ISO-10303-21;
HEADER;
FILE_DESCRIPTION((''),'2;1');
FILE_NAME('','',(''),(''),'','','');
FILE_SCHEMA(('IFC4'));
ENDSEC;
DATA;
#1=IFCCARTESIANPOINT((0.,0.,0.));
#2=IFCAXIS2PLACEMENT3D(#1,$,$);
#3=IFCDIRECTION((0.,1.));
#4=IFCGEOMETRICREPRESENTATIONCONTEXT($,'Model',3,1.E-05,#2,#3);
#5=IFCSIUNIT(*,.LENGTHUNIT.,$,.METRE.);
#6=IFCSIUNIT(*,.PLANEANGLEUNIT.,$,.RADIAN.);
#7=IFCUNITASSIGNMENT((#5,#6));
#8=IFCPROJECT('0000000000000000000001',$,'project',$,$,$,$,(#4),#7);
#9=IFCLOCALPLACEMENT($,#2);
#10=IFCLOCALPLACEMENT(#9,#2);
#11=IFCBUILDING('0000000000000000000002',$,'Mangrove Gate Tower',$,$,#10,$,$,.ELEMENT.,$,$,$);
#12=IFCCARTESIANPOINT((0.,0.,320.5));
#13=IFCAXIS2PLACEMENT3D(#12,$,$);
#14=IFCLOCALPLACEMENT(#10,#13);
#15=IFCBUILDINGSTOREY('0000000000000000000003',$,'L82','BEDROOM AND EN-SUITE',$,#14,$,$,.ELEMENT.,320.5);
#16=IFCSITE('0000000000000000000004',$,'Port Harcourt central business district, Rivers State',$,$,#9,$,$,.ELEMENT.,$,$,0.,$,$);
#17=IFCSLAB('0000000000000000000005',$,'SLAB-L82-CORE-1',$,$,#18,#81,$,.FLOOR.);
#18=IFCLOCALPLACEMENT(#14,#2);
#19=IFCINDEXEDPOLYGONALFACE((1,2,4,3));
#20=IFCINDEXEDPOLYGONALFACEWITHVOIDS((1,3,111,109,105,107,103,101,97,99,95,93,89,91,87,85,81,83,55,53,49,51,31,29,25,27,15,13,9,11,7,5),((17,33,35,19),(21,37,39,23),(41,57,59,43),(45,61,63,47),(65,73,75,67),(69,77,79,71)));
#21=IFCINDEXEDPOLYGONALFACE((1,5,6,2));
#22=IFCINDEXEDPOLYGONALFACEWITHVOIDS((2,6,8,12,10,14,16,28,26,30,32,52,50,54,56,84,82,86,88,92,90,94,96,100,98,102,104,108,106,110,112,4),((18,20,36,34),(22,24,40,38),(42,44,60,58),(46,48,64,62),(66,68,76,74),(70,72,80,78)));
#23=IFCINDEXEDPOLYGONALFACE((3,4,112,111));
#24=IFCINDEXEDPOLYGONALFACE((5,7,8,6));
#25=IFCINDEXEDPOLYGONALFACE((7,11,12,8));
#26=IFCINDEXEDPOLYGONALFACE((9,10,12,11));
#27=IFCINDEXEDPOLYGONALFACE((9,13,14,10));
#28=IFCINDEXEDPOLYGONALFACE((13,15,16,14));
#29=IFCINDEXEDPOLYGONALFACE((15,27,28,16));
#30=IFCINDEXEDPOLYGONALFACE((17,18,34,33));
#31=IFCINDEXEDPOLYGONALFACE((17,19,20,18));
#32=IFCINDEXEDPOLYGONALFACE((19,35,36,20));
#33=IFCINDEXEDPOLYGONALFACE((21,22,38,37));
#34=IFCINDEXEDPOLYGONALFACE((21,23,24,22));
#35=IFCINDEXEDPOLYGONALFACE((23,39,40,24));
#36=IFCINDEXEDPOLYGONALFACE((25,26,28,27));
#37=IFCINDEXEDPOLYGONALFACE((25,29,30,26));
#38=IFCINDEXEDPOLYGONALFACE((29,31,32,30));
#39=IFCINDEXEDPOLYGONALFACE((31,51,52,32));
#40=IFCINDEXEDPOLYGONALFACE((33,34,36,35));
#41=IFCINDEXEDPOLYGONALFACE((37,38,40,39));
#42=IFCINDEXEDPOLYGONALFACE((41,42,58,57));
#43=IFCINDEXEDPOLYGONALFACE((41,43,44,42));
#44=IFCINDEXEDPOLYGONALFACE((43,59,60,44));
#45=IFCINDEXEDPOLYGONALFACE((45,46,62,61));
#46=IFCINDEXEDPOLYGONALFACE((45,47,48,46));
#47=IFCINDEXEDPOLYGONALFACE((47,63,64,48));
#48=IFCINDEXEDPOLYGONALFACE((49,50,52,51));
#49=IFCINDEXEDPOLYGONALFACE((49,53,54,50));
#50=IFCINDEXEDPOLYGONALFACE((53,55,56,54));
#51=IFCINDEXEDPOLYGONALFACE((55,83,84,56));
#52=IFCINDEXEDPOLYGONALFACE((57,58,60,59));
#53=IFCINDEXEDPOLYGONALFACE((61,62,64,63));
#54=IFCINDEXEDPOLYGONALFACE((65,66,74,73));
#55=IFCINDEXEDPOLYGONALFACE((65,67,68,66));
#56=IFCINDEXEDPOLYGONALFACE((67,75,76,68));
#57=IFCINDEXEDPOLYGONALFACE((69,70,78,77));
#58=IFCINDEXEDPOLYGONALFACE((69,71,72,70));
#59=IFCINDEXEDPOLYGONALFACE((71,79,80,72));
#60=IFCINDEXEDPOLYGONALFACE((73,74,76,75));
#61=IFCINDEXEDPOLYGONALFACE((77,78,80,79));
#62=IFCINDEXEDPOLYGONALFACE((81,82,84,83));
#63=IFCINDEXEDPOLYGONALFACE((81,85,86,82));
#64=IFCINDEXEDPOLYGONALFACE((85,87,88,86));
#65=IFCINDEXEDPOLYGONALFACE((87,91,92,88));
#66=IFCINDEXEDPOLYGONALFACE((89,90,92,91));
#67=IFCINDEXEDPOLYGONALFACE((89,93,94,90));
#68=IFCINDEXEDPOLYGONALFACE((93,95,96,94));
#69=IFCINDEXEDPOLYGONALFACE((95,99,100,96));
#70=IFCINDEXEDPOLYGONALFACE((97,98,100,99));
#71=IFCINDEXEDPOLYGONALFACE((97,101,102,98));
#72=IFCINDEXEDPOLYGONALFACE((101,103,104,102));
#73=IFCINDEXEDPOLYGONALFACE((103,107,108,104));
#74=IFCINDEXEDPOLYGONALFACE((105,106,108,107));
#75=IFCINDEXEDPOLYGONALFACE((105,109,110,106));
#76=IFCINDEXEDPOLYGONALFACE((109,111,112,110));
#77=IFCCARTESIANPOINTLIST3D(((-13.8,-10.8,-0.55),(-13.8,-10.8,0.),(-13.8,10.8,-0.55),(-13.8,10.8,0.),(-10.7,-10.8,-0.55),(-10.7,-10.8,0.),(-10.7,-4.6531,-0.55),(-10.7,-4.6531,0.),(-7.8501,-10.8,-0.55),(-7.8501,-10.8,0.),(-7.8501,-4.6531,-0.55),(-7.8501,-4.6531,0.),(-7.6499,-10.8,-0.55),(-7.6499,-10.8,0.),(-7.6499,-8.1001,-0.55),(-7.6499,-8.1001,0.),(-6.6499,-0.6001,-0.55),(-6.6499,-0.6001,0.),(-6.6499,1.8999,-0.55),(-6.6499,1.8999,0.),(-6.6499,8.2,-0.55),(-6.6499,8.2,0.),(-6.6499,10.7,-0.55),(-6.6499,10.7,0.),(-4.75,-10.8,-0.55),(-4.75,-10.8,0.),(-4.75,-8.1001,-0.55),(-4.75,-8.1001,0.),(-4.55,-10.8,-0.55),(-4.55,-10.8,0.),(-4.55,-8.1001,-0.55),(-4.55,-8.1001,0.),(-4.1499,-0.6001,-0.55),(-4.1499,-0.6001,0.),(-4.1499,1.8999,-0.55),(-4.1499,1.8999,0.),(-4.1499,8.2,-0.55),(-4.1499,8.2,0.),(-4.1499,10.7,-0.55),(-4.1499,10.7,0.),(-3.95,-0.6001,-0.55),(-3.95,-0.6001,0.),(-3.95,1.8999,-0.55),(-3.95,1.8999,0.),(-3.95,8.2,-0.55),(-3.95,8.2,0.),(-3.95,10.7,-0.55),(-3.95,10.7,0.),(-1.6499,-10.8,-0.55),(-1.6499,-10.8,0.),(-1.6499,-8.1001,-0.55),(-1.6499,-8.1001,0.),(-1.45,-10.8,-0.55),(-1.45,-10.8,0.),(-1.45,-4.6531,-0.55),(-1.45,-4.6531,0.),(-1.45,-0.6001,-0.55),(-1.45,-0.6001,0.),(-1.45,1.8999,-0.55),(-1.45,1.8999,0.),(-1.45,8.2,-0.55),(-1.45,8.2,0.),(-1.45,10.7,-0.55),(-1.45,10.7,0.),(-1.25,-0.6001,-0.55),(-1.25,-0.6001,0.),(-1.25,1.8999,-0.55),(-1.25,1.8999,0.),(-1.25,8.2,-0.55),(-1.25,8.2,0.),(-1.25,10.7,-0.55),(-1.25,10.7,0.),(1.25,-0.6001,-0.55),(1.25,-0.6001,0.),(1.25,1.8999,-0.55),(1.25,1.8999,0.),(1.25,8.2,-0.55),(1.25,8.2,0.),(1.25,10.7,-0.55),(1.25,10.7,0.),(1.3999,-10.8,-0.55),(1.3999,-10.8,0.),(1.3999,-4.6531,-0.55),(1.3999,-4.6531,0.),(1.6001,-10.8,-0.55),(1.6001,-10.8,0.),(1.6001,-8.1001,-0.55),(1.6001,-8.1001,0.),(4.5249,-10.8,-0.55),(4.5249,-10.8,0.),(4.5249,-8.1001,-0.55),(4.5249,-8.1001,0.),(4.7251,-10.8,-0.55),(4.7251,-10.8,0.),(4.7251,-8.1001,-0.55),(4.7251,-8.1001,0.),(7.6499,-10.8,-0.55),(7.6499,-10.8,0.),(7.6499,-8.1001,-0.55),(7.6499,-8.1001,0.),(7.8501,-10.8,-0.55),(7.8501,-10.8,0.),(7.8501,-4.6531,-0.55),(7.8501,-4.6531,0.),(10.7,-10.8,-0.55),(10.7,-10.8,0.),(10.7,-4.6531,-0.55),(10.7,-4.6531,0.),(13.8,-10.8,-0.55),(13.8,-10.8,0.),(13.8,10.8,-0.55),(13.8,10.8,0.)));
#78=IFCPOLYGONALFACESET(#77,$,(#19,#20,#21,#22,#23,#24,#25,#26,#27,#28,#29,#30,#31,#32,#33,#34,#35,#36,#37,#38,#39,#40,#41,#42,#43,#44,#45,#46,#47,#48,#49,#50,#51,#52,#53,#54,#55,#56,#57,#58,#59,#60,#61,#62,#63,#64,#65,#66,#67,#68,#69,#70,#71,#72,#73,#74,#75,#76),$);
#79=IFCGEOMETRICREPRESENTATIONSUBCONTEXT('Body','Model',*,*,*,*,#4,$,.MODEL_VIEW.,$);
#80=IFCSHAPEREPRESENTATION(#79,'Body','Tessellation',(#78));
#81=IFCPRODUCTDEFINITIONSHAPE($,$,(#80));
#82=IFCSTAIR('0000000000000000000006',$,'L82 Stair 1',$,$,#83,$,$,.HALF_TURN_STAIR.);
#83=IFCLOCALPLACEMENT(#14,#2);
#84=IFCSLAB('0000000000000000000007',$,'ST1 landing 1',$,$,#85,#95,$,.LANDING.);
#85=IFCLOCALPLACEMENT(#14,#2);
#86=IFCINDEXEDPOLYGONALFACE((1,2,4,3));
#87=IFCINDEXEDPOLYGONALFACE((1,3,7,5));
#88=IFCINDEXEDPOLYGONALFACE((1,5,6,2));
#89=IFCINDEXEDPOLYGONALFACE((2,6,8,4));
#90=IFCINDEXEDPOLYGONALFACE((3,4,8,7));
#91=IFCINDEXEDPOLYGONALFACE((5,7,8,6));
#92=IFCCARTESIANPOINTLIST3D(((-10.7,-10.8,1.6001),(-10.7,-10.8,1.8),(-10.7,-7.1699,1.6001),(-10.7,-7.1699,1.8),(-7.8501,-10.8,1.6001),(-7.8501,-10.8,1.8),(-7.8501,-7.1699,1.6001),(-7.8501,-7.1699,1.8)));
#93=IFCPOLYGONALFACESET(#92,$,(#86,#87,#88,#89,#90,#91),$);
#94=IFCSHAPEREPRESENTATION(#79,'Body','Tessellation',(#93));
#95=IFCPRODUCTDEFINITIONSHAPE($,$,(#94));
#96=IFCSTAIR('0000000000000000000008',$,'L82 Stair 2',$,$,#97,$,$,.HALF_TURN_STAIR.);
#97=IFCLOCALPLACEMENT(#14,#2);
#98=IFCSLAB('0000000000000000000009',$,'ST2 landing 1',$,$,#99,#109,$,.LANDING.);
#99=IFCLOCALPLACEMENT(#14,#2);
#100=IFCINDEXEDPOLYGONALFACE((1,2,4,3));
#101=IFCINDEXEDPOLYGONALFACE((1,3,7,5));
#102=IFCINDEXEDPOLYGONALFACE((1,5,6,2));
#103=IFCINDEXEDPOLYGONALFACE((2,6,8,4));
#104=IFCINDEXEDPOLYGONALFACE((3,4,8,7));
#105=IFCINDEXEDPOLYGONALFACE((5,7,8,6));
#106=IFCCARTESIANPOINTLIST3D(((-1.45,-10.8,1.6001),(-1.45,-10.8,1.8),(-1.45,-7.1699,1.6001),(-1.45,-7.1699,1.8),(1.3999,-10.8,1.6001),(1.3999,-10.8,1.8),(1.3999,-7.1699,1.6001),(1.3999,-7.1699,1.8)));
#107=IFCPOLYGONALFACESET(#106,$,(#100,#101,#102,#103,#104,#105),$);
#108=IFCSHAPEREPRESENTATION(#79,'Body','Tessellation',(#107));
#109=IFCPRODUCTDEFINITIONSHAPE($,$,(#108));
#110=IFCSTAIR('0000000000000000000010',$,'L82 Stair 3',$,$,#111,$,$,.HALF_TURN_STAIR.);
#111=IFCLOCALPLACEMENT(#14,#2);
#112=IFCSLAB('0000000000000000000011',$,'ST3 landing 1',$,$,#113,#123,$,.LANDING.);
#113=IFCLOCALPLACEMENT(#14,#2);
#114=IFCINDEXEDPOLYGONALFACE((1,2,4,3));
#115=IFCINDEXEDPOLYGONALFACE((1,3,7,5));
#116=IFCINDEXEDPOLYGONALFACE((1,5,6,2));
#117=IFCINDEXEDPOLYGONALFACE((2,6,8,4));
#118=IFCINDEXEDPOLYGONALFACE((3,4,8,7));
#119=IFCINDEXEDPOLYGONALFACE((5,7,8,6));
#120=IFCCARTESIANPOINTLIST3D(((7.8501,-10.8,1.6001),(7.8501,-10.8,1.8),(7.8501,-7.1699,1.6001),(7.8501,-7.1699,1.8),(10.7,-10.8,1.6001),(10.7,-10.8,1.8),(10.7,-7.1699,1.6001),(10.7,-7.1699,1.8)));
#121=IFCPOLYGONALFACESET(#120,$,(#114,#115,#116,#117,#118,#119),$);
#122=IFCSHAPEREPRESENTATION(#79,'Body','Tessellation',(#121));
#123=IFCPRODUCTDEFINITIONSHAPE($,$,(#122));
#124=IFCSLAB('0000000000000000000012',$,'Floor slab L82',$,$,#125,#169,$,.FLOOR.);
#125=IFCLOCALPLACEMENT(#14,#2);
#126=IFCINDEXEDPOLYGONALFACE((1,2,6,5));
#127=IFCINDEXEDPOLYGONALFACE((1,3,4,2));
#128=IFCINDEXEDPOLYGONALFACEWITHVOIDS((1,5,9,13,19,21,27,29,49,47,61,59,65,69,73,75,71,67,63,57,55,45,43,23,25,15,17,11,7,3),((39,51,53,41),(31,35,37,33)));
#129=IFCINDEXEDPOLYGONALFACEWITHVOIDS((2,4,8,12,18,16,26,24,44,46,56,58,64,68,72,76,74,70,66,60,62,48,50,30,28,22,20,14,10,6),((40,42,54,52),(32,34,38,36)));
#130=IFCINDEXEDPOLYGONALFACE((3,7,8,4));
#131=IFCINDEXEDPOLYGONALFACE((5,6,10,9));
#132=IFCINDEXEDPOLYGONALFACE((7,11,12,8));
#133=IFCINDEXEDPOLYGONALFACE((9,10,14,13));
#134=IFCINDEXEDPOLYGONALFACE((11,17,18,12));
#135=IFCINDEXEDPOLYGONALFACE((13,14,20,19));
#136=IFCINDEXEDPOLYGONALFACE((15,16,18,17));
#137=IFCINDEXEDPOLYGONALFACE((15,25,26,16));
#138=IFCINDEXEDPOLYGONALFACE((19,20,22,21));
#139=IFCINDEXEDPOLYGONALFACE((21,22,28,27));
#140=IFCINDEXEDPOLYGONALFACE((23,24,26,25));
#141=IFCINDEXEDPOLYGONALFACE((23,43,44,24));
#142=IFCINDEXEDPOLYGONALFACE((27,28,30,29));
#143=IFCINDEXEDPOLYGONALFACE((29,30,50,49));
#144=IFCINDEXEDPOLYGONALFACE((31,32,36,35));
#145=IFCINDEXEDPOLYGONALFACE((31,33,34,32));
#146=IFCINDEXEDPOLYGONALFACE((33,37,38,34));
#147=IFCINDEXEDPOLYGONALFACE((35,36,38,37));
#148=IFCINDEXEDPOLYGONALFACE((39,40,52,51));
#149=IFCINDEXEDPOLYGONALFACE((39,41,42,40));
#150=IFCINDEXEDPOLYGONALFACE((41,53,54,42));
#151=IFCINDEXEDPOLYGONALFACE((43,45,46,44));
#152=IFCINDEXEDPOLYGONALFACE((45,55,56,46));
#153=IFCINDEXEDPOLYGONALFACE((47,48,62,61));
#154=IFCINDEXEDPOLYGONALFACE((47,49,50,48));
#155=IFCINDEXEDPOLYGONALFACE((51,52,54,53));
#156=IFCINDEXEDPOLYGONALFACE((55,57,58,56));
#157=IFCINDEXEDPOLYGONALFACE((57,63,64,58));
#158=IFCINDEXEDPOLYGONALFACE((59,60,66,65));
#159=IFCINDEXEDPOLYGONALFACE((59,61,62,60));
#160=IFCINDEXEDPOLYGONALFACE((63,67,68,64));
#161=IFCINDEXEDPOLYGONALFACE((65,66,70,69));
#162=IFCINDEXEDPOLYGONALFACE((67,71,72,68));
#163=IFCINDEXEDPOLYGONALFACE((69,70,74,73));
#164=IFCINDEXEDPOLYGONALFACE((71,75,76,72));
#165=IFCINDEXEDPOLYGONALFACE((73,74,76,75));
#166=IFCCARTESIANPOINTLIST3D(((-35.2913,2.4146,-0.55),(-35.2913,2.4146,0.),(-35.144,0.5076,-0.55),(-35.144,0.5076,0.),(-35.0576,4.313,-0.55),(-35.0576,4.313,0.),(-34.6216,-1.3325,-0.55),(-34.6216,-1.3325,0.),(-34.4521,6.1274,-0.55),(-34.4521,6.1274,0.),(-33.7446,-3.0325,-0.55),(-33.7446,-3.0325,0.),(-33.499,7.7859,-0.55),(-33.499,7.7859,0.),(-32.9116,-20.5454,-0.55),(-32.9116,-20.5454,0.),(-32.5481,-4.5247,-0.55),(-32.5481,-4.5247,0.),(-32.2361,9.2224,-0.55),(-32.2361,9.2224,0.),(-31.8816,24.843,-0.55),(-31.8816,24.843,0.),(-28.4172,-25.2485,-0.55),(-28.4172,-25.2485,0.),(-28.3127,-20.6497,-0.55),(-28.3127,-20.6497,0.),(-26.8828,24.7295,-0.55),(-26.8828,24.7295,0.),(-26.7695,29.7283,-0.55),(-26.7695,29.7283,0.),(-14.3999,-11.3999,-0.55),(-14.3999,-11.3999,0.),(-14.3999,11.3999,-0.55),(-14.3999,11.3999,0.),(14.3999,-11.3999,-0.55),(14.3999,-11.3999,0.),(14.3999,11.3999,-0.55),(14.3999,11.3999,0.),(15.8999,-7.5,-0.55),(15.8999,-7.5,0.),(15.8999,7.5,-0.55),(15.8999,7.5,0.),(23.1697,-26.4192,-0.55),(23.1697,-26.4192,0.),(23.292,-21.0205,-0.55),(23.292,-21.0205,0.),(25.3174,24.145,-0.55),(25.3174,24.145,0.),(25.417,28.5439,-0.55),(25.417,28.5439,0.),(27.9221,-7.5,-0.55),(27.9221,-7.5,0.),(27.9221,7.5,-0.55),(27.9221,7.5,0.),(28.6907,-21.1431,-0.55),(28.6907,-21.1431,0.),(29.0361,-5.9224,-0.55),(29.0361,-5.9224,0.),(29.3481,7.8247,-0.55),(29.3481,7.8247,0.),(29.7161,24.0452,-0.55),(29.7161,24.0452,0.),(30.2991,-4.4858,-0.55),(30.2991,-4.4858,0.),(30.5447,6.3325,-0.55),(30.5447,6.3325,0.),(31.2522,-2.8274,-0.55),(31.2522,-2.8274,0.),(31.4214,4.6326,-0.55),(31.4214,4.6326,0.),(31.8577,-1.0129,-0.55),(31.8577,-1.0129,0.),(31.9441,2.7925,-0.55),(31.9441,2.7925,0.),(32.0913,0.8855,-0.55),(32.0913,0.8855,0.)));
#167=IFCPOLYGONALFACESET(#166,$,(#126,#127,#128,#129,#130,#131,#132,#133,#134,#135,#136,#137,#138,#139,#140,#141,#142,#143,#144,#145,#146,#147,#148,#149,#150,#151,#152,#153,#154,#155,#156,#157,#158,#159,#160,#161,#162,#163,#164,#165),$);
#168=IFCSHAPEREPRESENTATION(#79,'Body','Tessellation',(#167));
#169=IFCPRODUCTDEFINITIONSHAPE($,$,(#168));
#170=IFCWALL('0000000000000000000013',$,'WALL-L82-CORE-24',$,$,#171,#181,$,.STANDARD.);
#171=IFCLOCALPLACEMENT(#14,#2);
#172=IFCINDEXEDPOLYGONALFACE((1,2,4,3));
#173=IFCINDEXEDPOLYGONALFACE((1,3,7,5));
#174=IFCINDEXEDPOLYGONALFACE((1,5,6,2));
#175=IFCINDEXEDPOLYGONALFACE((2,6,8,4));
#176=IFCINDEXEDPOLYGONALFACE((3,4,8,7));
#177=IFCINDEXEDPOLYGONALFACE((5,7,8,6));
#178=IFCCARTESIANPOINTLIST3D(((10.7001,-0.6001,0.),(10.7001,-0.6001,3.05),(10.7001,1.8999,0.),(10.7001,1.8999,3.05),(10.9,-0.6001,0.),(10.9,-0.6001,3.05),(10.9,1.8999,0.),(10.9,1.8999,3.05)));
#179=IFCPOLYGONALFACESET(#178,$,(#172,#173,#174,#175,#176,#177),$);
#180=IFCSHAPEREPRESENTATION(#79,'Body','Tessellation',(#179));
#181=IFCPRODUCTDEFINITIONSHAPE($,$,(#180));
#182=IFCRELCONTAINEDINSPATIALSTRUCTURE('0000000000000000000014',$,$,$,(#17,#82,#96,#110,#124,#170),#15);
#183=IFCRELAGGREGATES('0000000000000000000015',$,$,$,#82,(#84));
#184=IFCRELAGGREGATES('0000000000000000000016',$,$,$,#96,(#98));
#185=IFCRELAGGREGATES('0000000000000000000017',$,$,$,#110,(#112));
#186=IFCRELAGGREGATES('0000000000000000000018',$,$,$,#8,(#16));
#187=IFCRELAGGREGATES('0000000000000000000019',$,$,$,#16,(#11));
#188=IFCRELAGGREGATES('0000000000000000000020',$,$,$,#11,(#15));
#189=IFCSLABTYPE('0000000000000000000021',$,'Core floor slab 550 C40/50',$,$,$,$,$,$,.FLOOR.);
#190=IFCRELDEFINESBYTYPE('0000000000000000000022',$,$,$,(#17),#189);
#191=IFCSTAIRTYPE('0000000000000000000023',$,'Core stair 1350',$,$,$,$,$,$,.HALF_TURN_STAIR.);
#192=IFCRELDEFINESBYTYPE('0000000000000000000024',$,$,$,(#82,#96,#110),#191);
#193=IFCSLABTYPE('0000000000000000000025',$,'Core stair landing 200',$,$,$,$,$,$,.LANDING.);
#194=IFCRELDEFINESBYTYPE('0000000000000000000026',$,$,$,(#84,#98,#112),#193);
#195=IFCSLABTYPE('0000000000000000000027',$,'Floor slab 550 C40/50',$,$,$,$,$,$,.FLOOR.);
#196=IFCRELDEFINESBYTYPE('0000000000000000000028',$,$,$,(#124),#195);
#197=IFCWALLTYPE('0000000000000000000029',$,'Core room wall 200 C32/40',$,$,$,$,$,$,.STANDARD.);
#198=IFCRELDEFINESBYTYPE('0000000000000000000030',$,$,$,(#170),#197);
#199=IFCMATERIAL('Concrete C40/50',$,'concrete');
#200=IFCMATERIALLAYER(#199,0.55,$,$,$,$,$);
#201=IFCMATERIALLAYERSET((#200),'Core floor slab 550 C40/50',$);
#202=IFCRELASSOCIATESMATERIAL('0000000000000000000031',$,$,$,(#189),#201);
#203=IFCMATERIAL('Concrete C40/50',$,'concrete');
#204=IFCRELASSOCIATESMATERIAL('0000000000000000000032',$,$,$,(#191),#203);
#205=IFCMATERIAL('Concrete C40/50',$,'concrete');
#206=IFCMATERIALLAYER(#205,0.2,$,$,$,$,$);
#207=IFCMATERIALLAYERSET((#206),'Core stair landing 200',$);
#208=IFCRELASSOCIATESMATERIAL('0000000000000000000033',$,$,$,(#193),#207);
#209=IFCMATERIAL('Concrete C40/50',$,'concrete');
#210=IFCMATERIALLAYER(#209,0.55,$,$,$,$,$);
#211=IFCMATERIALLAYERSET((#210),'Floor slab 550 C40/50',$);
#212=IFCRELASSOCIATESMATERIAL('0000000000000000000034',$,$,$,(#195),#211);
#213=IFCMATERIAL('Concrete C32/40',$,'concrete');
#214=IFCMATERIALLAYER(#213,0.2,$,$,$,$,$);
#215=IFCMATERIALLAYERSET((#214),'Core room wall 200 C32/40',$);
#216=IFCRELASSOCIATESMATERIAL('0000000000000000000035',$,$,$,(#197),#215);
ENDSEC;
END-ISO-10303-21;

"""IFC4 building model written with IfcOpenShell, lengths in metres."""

from ifc_helpers import new_model, si_unit, direction, frame, frame_2d, origin, place, context, subcontext, project, spatial, polyline, rectangle, outline, extrude, material, layer, layer_set, type_object, element, aggregate, save


model = new_model("IFC4")

# Units and contexts
model_context = context("Model", 3, precision=1e-05, world=origin(), true_north=direction((0.0, 1.0)))
body_context = subcontext(model_context, "Body", "Model", "MODEL_VIEW")
ifc_project = project(units=[si_unit("LENGTHUNIT", "METRE"), si_unit("PLANEANGLEUNIT", "RADIAN")], contexts=[model_context])

# Site, building, storey
site_placement = place(None, origin())
site = spatial("IfcSite", under=ifc_project, at=site_placement, Name="Port Harcourt central business district, Rivers State", CompositionType="ELEMENT", RefElevation=0.0)
building_placement = place(site_placement, origin())
building = spatial("IfcBuilding", under=site, at=building_placement, Name="Mangrove Gate Tower", CompositionType="ELEMENT")
storey_placement = place(building_placement, frame((0.0, 0.0, 320.5)))
storey = spatial("IfcBuildingStorey", under=building, at=storey_placement, Name="L82", Description="BEDROOM AND EN-SUITE", CompositionType="ELEMENT", Elevation=320.5)

# Slab
ifc_material_1 = material(Name="Concrete C40/50", Category="concrete")
ifc_layer_1 = layer(ifc_material_1, 0.55)
ifc_layer_set_1 = layer_set([ifc_layer_1], Name="Core floor slab 550 C40/50")
slab_type_1 = type_object("IfcSlabType", Name="Core floor slab 550 C40/50", PredefinedType="FLOOR", material=ifc_layer_set_1)
slab_1_placement = place(storey_placement, frame((0.0, 0.0, -0.55)))
element("IfcSlab", 1, at=slab_1_placement, inside=storey, type_object=slab_type_1, Name="SLAB-L82-CORE-1", PredefinedType="FLOOR", context=body_context, shape_type="SweptSolid", body=[
    extrude(outline(polyline([(-13.8, -10.8), (-13.8, 10.8), (13.8, 10.8), (13.8, -10.8), (10.7, -10.8), (10.7, -4.6531), (7.8501, -4.6531), (7.8501, -10.8), (7.6499, -10.8), (7.6499, -8.1001), (4.7251, -8.1001), (4.7251, -10.8), (4.5249, -10.8), (4.5249, -8.1001), (1.6001, -8.1001), (1.6001, -10.8), (1.3999, -10.8), (1.3999, -4.6531), (-1.45, -4.6531), (-1.45, -10.8), (-1.6499, -10.8), (-1.6499, -8.1001), (-4.55, -8.1001), (-4.55, -10.8), (-4.75, -10.8), (-4.75, -8.1001), (-7.6499, -8.1001), (-7.6499, -10.8), (-7.8501, -10.8), (-7.8501, -4.6531), (-10.7, -4.6531), (-10.7, -10.8), (-13.8, -10.8)]), holes=[polyline([(-4.1499, 1.8999), (-6.6499, 1.8999), (-6.6499, -0.6001), (-4.1499, -0.6001), (-4.1499, 1.8999)]), polyline([(-1.45, -0.6001), (-1.45, 1.8999), (-3.95, 1.8999), (-3.95, -0.6001), (-1.45, -0.6001)]), polyline([(-4.1499, 8.2), (-4.1499, 10.7), (-6.6499, 10.7), (-6.6499, 8.2), (-4.1499, 8.2)]), polyline([(-1.45, 10.7), (-3.95, 10.7), (-3.95, 8.2), (-1.45, 8.2), (-1.45, 10.7)]), polyline([(1.25, -0.6001), (1.25, 1.8999), (-1.25, 1.8999), (-1.25, -0.6001), (1.25, -0.6001)]), polyline([(1.25, 8.2), (1.25, 10.7), (-1.25, 10.7), (-1.25, 8.2), (1.25, 8.2)])]), origin(), (0.0, 0.0, 1.0), 0.55),
])

# Stairs, slabs
ifc_material_2 = material(Name="Concrete C40/50", Category="concrete")
stair_type = type_object("IfcStairType", Name="Core stair 1350", PredefinedType="HALF_TURN_STAIR", material=ifc_material_2)
stair_1_placement = place(storey_placement, origin())
stair_1 = element("IfcStair", 2, at=stair_1_placement, inside=storey, type_object=stair_type, Name="L82 Stair 1", PredefinedType="HALF_TURN_STAIR")
ifc_material_3 = material(Name="Concrete C40/50", Category="concrete")
ifc_layer_2 = layer(ifc_material_3, 0.2)
ifc_layer_set_2 = layer_set([ifc_layer_2], Name="Core stair landing 200")
slab_type_2 = type_object("IfcSlabType", Name="Core stair landing 200", PredefinedType="LANDING", material=ifc_layer_set_2)
slab_2_placement = place(storey_placement, frame((0.0, 0.0, 1.6001)))
slab_2 = element("IfcSlab", 3, at=slab_2_placement, type_object=slab_type_2, Name="ST1 landing 1", PredefinedType="LANDING", context=body_context, shape_type="SweptSolid", body=[
    extrude(outline(polyline([(-10.7, -7.1699), (-10.7, -10.8), (-7.8501, -10.8), (-7.8501, -7.1699), (-10.7, -7.1699)])), origin(), (0.0, 0.0, 1.0), 0.2),
])
aggregate(stair_1, [slab_2])
stair_2_placement = place(storey_placement, origin())
stair_2 = element("IfcStair", 4, at=stair_2_placement, inside=storey, type_object=stair_type, Name="L82 Stair 2", PredefinedType="HALF_TURN_STAIR")
slab_3_placement = place(storey_placement, frame((0.0, 0.0, 1.6001)))
slab_3 = element("IfcSlab", 5, at=slab_3_placement, type_object=slab_type_2, Name="ST2 landing 1", PredefinedType="LANDING", context=body_context, shape_type="SweptSolid", body=[
    extrude(outline(polyline([(-1.45, -7.1699), (-1.45, -10.8), (1.3999, -10.8), (1.3999, -7.1699), (-1.45, -7.1699)])), origin(), (0.0, 0.0, 1.0), 0.2),
])
aggregate(stair_2, [slab_3])
stair_3_placement = place(storey_placement, origin())
stair_3 = element("IfcStair", 6, at=stair_3_placement, inside=storey, type_object=stair_type, Name="L82 Stair 3", PredefinedType="HALF_TURN_STAIR")
slab_4_placement = place(storey_placement, frame((0.0, 0.0, 1.6001)))
slab_4 = element("IfcSlab", 7, at=slab_4_placement, type_object=slab_type_2, Name="ST3 landing 1", PredefinedType="LANDING", context=body_context, shape_type="SweptSolid", body=[
    extrude(outline(polyline([(7.8501, -7.1699), (7.8501, -10.8), (10.7, -10.8), (10.7, -7.1699), (7.8501, -7.1699)])), origin(), (0.0, 0.0, 1.0), 0.2),
])
aggregate(stair_3, [slab_4])

# Slab
ifc_material_4 = material(Name="Concrete C40/50", Category="concrete")
ifc_layer_3 = layer(ifc_material_4, 0.55)
ifc_layer_set_3 = layer_set([ifc_layer_3], Name="Floor slab 550 C40/50")
slab_type_3 = type_object("IfcSlabType", Name="Floor slab 550 C40/50", PredefinedType="FLOOR", material=ifc_layer_set_3)
slab_5_placement = place(storey_placement, frame((0.0, 0.0, -0.55)))
element("IfcSlab", 8, at=slab_5_placement, inside=storey, type_object=slab_type_3, Name="Floor slab L82", PredefinedType="FLOOR", context=body_context, shape_type="SweptSolid", body=[
    extrude(outline(polyline([(-28.4172, -25.2485), (23.1697, -26.4192), (23.292, -21.0205), (28.6907, -21.1431), (29.0361, -5.9224), (30.2991, -4.4858), (31.2522, -2.8274), (31.8577, -1.0129), (32.0913, 0.8855), (31.9441, 2.7925), (31.4214, 4.6326), (30.5447, 6.3325), (29.3481, 7.8247), (29.7161, 24.0452), (25.3174, 24.145), (25.417, 28.5439), (-26.7695, 29.7283), (-26.8828, 24.7295), (-31.8816, 24.843), (-32.2361, 9.2224), (-33.499, 7.7859), (-34.4521, 6.1274), (-35.0576, 4.313), (-35.2913, 2.4146), (-35.144, 0.5076), (-34.6216, -1.3325), (-33.7446, -3.0325), (-32.5481, -4.5247), (-32.9116, -20.5454), (-28.3127, -20.6497), (-28.4172, -25.2485)]), holes=[polyline([(15.8999, 7.5), (27.9221, 7.5), (27.9221, -7.5), (15.8999, -7.5), (15.8999, 7.5)]), polyline([(-14.3999, -11.3999), (-14.3999, 11.3999), (14.3999, 11.3999), (14.3999, -11.3999), (-14.3999, -11.3999)])]), origin(), (0.0, 0.0, 1.0), 0.55),
])

# Wall
ifc_material_5 = material(Name="Concrete C32/40", Category="concrete")
ifc_layer_4 = layer(ifc_material_5, 0.2)
ifc_layer_set_4 = layer_set([ifc_layer_4], Name="Core room wall 200 C32/40")
wall_type_1 = type_object("IfcWallType", Name="Core room wall 200 C32/40", PredefinedType="STANDARD", material=ifc_layer_set_4)
wall_1_placement = place(storey_placement, frame((10.8, -0.6001, 0.0), z_axis=(0.0, 0.0, 1.0), x_axis=(0.0, 1.0, 0.0)))
element("IfcWall", 9, at=wall_1_placement, inside=storey, type_object=wall_type_1, Name="WALL-L82-CORE-24", PredefinedType="STANDARD", context=body_context, shape_type="SweptSolid", body=[
    extrude(rectangle(XDim=2.5, YDim=0.2, at=frame_2d((1.25, 0.0))), origin(), (0.0, 0.0, 1.0), 3.05),
])

save(model, "model.ifc")
